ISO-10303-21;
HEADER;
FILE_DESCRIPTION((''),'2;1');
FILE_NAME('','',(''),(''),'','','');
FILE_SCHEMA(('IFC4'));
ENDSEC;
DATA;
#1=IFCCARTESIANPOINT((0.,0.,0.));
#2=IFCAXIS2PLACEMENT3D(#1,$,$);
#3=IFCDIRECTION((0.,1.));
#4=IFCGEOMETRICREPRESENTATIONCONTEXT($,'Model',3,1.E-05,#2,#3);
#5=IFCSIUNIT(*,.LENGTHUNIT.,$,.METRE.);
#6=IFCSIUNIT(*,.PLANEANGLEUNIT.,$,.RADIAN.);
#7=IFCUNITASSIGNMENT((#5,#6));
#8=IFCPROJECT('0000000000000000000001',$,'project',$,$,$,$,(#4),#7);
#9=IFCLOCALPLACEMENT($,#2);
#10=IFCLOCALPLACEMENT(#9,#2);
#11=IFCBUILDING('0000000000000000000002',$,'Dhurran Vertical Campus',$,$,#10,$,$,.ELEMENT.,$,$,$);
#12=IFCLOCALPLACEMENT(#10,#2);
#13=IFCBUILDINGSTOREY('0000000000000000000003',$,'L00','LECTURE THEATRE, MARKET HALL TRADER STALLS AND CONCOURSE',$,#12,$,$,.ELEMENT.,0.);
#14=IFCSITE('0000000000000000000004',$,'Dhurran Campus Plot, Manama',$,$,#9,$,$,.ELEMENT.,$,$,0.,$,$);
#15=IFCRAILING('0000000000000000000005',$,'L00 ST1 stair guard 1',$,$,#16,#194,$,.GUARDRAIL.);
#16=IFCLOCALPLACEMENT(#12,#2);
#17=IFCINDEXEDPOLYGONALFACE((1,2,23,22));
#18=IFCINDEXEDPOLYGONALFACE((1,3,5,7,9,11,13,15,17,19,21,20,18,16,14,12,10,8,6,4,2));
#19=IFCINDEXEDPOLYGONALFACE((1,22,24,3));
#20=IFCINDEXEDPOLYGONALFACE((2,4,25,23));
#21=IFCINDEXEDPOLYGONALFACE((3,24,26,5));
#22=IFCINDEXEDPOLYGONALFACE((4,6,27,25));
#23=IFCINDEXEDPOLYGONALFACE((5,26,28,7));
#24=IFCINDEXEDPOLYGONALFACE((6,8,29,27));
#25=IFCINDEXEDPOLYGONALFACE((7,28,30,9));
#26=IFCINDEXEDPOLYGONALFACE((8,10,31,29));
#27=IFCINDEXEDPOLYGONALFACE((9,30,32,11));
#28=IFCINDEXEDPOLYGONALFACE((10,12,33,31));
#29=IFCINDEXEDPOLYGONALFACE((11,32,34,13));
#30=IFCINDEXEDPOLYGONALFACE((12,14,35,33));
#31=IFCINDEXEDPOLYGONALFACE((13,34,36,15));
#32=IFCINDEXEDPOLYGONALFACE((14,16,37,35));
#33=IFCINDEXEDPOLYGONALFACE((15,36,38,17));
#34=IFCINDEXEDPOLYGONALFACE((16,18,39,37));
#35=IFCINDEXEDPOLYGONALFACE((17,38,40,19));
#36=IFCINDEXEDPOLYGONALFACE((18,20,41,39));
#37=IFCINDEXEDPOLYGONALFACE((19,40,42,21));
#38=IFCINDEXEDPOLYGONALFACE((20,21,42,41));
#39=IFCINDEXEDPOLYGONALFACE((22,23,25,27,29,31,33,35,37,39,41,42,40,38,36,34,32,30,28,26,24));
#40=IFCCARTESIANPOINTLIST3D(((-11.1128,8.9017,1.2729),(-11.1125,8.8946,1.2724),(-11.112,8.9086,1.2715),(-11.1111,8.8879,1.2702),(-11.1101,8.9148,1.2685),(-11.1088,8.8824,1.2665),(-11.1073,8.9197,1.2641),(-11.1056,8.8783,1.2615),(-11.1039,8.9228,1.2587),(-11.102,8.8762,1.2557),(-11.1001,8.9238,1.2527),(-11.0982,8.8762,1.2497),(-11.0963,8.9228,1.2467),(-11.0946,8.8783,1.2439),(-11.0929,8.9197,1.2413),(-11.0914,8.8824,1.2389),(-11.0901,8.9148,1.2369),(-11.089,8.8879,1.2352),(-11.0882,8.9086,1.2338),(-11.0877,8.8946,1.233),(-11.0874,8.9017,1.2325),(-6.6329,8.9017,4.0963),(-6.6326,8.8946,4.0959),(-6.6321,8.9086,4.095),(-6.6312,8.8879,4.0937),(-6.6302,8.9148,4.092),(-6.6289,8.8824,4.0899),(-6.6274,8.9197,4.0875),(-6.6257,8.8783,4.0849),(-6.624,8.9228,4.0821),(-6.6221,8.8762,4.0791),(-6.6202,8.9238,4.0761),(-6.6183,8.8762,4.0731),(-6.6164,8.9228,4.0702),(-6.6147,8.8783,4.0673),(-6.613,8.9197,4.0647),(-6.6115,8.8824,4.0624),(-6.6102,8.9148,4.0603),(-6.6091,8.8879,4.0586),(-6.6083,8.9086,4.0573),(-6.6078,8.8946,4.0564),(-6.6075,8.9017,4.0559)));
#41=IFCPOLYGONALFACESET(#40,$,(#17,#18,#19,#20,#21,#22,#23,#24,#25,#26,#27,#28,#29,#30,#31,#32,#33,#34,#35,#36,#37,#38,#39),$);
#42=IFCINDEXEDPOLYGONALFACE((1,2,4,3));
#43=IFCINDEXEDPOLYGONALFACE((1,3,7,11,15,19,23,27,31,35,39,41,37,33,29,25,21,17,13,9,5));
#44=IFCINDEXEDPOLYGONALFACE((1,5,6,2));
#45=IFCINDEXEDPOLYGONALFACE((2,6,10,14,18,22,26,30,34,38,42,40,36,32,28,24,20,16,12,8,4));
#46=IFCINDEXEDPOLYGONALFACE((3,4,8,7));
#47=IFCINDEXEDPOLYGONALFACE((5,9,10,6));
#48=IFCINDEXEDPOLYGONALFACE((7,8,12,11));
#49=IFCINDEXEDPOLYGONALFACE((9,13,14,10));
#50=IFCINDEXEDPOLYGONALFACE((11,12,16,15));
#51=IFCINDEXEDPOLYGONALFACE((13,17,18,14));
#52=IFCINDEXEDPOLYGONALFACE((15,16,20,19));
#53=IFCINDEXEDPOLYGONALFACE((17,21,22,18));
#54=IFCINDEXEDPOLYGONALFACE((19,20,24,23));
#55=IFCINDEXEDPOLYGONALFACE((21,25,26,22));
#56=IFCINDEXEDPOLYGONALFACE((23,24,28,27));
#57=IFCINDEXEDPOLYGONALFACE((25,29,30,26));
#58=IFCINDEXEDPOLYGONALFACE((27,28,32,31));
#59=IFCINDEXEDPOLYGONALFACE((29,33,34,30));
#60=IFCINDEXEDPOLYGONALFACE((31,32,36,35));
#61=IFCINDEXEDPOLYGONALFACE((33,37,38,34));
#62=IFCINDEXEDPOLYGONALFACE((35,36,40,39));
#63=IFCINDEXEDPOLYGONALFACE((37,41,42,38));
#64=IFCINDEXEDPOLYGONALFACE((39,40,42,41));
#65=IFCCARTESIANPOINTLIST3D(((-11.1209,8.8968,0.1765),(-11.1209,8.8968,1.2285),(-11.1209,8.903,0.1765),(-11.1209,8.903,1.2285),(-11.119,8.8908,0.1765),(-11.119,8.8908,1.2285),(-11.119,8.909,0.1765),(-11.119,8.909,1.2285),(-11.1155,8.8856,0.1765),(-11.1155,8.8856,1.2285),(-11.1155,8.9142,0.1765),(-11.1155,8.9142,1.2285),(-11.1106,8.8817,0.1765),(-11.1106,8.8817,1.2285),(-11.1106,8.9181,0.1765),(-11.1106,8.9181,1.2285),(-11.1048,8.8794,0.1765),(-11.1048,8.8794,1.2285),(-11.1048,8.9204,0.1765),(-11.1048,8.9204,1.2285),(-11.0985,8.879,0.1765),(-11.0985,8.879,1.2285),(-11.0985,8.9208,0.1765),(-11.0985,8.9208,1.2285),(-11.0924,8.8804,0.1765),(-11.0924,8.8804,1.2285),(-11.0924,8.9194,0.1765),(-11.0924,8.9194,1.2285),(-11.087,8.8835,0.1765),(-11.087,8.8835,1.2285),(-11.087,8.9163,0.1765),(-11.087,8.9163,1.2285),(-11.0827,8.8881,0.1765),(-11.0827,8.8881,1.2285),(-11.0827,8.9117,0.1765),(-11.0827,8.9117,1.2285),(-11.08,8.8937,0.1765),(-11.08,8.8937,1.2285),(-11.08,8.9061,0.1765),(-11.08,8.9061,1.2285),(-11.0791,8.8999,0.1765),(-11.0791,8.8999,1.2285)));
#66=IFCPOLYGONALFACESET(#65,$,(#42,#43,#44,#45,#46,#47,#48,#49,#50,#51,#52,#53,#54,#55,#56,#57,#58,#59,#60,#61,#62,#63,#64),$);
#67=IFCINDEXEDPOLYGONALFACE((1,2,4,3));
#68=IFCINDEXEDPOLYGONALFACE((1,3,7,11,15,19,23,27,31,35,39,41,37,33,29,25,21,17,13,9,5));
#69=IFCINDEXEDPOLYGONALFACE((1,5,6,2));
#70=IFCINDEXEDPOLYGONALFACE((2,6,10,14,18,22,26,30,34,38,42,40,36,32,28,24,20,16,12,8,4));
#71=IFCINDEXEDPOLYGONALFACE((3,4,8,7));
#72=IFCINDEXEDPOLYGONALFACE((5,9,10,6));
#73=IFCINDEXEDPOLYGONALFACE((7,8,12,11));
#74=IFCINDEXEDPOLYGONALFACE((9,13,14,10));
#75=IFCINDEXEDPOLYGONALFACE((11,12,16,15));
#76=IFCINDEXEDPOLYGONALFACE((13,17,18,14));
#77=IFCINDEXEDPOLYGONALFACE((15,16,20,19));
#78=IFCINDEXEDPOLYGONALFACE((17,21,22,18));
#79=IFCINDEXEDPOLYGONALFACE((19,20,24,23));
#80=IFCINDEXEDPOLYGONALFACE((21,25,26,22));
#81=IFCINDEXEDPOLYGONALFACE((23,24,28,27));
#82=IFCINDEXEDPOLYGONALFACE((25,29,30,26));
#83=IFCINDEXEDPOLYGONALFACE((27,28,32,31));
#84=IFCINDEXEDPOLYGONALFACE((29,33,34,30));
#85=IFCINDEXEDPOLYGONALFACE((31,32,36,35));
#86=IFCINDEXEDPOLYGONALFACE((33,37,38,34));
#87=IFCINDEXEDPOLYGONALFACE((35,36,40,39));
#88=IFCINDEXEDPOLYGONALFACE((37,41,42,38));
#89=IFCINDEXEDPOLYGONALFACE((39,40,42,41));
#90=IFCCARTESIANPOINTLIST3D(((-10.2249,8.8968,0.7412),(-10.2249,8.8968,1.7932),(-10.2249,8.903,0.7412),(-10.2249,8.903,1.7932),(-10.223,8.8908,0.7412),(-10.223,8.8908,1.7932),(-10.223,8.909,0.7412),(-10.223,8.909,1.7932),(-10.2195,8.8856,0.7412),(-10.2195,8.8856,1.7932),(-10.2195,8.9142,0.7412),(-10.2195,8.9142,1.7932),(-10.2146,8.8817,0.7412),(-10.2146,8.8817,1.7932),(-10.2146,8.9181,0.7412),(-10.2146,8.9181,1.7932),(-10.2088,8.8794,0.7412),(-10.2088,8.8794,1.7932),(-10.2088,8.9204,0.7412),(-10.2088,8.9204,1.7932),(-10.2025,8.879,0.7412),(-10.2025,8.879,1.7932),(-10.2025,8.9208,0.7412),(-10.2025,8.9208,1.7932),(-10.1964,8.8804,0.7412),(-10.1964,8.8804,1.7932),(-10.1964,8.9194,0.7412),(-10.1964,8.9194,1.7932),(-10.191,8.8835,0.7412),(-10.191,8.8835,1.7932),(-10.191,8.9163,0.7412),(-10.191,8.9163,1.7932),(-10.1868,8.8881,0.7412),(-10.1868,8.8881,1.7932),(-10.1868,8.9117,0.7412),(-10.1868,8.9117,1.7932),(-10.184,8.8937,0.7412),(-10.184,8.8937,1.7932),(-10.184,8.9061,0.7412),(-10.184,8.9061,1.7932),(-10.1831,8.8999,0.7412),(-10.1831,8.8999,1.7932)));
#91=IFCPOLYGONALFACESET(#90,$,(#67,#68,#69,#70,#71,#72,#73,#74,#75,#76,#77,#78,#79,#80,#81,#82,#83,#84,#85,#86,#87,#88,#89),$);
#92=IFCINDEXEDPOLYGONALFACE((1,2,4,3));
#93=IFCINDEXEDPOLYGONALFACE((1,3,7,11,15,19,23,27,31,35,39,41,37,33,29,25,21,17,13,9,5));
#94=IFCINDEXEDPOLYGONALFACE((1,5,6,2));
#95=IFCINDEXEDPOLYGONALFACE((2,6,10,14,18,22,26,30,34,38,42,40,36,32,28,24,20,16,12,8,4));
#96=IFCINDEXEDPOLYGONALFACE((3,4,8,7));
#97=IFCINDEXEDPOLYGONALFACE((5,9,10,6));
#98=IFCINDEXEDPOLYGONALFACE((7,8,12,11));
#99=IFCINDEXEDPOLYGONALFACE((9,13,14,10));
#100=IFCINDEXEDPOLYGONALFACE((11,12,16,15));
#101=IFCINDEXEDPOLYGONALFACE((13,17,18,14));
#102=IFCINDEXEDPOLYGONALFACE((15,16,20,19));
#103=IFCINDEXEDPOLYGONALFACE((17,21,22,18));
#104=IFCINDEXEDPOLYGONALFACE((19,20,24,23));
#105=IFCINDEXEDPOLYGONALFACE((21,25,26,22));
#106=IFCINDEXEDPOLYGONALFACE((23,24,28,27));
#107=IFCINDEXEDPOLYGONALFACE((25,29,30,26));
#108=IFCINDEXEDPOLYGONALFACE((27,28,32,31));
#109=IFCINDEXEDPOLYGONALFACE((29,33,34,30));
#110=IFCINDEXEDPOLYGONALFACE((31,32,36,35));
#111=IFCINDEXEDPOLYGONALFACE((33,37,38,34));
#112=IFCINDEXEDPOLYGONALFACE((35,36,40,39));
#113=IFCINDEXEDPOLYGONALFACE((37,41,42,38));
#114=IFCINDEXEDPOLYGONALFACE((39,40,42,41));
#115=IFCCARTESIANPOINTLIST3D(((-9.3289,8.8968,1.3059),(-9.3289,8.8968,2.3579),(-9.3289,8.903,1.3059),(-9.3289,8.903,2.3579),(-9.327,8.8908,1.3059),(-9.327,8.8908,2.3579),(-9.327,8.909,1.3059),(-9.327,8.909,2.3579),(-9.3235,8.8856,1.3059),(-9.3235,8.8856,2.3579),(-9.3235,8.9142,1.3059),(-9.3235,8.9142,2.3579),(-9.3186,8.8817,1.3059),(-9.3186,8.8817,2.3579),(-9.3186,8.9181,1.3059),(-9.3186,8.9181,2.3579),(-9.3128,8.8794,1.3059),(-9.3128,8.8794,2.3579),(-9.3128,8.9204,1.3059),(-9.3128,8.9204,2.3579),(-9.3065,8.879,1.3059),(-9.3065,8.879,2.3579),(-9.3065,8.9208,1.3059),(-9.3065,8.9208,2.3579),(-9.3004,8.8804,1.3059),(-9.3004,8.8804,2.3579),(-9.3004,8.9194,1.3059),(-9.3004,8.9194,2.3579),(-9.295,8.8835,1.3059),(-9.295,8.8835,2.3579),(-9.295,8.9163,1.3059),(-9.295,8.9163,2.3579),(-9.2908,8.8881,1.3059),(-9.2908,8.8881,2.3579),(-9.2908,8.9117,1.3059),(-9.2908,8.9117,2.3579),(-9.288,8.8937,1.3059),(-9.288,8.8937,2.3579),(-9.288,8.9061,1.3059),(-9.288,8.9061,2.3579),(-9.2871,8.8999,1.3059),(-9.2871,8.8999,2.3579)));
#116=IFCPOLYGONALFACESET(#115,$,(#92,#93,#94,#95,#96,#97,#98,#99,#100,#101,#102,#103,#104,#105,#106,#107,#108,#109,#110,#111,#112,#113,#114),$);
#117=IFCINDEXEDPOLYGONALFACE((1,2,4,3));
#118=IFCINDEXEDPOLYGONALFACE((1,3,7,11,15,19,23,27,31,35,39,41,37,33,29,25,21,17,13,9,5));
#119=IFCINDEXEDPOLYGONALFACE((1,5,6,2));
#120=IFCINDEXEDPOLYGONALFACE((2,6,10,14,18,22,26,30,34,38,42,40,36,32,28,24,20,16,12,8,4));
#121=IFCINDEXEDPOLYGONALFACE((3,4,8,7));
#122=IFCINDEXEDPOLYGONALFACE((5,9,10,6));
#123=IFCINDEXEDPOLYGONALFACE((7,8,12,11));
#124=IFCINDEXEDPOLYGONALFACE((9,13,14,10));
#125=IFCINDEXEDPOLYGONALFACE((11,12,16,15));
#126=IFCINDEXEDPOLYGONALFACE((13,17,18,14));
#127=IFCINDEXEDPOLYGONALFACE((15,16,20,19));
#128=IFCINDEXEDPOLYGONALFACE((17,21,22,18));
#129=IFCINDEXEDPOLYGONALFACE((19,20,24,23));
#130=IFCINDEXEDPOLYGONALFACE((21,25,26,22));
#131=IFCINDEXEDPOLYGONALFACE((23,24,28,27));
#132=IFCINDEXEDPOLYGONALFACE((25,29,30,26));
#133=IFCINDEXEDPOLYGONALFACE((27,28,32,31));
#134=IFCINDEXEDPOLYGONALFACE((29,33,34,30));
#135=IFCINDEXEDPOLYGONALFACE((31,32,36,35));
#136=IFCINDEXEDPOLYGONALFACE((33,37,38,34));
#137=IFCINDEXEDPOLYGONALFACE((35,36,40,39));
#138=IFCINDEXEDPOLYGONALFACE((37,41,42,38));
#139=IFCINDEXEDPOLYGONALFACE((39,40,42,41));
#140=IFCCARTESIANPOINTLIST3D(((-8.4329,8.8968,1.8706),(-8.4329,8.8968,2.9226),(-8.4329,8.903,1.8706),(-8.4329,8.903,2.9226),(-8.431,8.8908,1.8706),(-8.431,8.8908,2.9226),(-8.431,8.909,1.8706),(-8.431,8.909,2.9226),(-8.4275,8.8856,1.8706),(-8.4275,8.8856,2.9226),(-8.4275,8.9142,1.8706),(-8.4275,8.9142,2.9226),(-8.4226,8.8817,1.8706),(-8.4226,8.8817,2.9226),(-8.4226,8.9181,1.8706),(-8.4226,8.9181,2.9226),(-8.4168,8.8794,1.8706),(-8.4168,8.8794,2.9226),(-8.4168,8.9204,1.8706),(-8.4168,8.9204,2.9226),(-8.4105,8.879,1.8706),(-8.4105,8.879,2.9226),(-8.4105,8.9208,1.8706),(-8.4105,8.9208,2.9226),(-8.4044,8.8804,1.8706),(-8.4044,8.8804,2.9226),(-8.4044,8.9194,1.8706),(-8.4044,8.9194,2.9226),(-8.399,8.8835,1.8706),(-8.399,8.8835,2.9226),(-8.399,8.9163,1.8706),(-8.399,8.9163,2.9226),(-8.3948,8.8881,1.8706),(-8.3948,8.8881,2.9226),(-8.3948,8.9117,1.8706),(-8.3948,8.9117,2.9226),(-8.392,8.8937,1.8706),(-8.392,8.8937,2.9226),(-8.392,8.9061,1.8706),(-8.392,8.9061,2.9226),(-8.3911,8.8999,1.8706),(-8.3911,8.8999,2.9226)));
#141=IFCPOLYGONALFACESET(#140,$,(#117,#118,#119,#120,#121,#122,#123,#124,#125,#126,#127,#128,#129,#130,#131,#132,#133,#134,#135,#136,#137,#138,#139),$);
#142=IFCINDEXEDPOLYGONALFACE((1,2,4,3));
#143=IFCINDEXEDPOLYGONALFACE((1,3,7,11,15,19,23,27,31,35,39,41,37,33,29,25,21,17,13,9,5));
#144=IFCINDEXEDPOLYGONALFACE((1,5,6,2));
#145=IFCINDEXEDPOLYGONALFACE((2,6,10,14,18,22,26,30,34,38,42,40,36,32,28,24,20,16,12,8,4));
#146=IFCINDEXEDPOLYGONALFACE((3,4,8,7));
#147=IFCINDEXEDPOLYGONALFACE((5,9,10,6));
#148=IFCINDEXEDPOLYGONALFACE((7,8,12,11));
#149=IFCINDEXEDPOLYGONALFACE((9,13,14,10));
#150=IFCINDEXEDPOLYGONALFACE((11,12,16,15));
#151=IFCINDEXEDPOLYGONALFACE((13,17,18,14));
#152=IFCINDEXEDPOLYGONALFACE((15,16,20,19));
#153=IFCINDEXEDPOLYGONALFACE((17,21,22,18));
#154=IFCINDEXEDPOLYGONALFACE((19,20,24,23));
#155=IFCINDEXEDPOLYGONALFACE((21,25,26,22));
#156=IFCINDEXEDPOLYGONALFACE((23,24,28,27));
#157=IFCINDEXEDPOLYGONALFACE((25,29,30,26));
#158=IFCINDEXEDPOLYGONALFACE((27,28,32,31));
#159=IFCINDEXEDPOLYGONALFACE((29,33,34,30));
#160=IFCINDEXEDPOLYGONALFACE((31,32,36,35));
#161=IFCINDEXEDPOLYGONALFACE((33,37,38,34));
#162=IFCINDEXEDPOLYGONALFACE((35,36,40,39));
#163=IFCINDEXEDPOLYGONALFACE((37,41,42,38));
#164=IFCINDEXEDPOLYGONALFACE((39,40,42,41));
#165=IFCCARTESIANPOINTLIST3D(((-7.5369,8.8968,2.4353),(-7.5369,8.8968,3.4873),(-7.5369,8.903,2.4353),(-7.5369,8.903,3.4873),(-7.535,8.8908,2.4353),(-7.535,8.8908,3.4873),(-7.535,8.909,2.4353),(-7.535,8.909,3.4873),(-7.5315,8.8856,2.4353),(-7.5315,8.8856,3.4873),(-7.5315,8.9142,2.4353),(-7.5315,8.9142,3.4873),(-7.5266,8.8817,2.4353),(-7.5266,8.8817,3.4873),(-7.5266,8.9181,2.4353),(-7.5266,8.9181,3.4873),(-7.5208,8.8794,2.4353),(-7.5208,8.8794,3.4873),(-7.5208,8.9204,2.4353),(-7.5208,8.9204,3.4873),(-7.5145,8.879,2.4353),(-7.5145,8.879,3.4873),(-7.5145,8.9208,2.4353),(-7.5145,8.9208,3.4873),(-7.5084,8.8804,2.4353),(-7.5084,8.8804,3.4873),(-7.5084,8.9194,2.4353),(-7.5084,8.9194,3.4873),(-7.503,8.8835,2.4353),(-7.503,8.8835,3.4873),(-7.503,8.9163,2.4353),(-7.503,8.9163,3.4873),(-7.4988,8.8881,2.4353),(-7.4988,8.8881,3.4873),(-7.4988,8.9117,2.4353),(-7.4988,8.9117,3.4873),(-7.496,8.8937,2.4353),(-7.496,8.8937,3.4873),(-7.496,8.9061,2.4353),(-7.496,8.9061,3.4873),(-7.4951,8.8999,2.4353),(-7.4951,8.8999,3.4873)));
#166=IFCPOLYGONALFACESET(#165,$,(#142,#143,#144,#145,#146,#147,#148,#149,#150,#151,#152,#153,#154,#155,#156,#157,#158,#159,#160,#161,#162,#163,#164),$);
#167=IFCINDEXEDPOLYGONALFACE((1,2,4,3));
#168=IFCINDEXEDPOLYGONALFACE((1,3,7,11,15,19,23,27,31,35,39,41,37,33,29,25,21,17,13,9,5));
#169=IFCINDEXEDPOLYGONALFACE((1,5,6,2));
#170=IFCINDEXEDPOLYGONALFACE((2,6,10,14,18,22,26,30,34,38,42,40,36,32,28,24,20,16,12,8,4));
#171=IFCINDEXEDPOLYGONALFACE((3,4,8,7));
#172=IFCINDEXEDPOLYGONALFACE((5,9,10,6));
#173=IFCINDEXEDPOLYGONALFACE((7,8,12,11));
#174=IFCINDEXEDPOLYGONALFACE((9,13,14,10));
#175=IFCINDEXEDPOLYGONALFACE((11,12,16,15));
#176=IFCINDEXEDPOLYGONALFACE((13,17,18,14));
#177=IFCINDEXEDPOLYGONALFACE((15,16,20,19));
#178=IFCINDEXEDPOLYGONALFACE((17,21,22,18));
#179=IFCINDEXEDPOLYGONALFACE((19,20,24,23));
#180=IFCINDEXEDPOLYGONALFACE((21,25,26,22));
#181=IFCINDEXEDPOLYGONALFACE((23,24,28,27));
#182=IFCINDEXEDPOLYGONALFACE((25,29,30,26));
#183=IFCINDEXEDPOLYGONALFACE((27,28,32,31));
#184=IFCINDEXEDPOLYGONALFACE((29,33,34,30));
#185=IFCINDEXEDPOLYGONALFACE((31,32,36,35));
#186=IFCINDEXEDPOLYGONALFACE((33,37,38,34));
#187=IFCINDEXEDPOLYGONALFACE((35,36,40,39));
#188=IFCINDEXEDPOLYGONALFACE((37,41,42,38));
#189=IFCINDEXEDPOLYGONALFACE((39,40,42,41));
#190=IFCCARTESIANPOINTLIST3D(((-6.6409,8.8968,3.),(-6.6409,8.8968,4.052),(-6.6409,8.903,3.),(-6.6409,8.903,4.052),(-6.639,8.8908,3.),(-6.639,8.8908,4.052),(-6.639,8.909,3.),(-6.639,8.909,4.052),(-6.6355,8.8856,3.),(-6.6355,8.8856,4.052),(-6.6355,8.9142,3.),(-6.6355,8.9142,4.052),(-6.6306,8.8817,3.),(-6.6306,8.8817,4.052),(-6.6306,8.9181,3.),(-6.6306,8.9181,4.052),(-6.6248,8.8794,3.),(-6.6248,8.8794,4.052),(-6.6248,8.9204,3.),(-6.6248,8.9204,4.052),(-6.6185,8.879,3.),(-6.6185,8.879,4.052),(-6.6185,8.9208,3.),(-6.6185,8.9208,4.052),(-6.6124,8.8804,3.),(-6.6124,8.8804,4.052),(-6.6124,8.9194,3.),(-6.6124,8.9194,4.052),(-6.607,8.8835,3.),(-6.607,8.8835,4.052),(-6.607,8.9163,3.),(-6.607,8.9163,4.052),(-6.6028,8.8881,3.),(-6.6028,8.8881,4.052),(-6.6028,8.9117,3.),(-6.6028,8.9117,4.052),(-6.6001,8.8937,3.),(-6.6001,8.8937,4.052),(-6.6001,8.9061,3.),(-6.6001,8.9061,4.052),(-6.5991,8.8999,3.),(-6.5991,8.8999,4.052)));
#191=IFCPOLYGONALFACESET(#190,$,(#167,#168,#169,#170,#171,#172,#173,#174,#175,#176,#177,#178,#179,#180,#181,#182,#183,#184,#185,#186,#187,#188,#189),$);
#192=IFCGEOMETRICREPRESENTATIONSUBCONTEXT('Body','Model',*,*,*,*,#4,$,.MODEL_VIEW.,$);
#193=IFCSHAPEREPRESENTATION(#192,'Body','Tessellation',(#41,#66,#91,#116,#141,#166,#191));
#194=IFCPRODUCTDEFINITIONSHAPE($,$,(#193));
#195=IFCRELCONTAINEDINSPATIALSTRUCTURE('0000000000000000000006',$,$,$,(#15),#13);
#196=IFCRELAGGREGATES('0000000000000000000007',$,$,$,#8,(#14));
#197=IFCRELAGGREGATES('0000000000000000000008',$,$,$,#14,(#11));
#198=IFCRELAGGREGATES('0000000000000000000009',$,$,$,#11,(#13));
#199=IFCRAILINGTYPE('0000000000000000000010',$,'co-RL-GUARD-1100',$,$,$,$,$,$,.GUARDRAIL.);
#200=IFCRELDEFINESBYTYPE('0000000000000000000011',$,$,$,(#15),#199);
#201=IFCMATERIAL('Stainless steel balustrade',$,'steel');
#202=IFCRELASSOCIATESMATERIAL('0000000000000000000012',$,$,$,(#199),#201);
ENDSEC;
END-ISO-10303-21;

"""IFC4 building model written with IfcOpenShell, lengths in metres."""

from ifc_helpers import new_model, si_unit, direction, frame, origin, origin_2d, place, context, subcontext, project, spatial, circle, extrude, material, type_object, element, save


model = new_model("IFC4")

# Units and contexts
model_context = context("Model", 3, precision=1e-05, world=origin(), true_north=direction((0.0, 1.0)))
body_context = subcontext(model_context, "Body", "Model", "MODEL_VIEW")
ifc_project = project(units=[si_unit("LENGTHUNIT", "METRE"), si_unit("PLANEANGLEUNIT", "RADIAN")], contexts=[model_context])

# Site, building, storey
site_placement = place(None, origin())
site = spatial("IfcSite", under=ifc_project, at=site_placement, Name="Dhurran Campus Plot, Manama", CompositionType="ELEMENT", RefElevation=0.0)
building_placement = place(site_placement, origin())
building = spatial("IfcBuilding", under=site, at=building_placement, Name="Dhurran Vertical Campus", CompositionType="ELEMENT")
storey_placement = place(building_placement, origin())
storey = spatial("IfcBuildingStorey", under=building, at=storey_placement, Name="L00", Description="LECTURE THEATRE, MARKET HALL TRADER STALLS AND CONCOURSE", CompositionType="ELEMENT", Elevation=0.0)

# Railing
ifc_material_1 = material(Name="Stainless steel balustrade", Category="steel")
railing_type_1 = type_object("IfcRailingType", Name="co-RL-GUARD-1100", PredefinedType="GUARDRAIL", material=ifc_material_1)
railing_1_placement = place(storey_placement, frame((-11.1001, 8.8999, 0.1765)))
element("IfcRailing", 1, at=railing_1_placement, inside=storey, type_object=railing_type_1, Name="L00 ST1 stair guard 1", PredefinedType="GUARDRAIL", context=body_context, shape_type="SweptSolid", body=[
    extrude(circle(Radius=0.0239, at=origin_2d()), frame((0.0, 0.0, 1.0762), z_axis=(0.845998, 0.0, 0.533186), x_axis=(0.0, 1.0, 0.0)), (0.0, 0.0, 1.0), 5.2954),
    extrude(circle(Radius=0.021, at=origin_2d()), origin(), (0.0, 0.0, 1.0), 1.052),
    extrude(circle(Radius=0.021, at=origin_2d()), frame((0.896, 0.0, 0.5647)), (0.0, 0.0, 1.0), 1.052),
    extrude(circle(Radius=0.021, at=origin_2d()), frame((1.792, 0.0, 1.1294)), (0.0, 0.0, 1.0), 1.052),
    extrude(circle(Radius=0.021, at=origin_2d()), frame((2.688, 0.0, 1.6941)), (0.0, 0.0, 1.0), 1.052),
    extrude(circle(Radius=0.021, at=origin_2d()), frame((3.584, 0.0, 2.2588)), (0.0, 0.0, 1.0), 1.052),
    extrude(circle(Radius=0.021, at=origin_2d()), frame((4.48, 0.0, 2.8235)), (0.0, 0.0, 1.0), 1.052),
])

save(model, "model.ifc")
